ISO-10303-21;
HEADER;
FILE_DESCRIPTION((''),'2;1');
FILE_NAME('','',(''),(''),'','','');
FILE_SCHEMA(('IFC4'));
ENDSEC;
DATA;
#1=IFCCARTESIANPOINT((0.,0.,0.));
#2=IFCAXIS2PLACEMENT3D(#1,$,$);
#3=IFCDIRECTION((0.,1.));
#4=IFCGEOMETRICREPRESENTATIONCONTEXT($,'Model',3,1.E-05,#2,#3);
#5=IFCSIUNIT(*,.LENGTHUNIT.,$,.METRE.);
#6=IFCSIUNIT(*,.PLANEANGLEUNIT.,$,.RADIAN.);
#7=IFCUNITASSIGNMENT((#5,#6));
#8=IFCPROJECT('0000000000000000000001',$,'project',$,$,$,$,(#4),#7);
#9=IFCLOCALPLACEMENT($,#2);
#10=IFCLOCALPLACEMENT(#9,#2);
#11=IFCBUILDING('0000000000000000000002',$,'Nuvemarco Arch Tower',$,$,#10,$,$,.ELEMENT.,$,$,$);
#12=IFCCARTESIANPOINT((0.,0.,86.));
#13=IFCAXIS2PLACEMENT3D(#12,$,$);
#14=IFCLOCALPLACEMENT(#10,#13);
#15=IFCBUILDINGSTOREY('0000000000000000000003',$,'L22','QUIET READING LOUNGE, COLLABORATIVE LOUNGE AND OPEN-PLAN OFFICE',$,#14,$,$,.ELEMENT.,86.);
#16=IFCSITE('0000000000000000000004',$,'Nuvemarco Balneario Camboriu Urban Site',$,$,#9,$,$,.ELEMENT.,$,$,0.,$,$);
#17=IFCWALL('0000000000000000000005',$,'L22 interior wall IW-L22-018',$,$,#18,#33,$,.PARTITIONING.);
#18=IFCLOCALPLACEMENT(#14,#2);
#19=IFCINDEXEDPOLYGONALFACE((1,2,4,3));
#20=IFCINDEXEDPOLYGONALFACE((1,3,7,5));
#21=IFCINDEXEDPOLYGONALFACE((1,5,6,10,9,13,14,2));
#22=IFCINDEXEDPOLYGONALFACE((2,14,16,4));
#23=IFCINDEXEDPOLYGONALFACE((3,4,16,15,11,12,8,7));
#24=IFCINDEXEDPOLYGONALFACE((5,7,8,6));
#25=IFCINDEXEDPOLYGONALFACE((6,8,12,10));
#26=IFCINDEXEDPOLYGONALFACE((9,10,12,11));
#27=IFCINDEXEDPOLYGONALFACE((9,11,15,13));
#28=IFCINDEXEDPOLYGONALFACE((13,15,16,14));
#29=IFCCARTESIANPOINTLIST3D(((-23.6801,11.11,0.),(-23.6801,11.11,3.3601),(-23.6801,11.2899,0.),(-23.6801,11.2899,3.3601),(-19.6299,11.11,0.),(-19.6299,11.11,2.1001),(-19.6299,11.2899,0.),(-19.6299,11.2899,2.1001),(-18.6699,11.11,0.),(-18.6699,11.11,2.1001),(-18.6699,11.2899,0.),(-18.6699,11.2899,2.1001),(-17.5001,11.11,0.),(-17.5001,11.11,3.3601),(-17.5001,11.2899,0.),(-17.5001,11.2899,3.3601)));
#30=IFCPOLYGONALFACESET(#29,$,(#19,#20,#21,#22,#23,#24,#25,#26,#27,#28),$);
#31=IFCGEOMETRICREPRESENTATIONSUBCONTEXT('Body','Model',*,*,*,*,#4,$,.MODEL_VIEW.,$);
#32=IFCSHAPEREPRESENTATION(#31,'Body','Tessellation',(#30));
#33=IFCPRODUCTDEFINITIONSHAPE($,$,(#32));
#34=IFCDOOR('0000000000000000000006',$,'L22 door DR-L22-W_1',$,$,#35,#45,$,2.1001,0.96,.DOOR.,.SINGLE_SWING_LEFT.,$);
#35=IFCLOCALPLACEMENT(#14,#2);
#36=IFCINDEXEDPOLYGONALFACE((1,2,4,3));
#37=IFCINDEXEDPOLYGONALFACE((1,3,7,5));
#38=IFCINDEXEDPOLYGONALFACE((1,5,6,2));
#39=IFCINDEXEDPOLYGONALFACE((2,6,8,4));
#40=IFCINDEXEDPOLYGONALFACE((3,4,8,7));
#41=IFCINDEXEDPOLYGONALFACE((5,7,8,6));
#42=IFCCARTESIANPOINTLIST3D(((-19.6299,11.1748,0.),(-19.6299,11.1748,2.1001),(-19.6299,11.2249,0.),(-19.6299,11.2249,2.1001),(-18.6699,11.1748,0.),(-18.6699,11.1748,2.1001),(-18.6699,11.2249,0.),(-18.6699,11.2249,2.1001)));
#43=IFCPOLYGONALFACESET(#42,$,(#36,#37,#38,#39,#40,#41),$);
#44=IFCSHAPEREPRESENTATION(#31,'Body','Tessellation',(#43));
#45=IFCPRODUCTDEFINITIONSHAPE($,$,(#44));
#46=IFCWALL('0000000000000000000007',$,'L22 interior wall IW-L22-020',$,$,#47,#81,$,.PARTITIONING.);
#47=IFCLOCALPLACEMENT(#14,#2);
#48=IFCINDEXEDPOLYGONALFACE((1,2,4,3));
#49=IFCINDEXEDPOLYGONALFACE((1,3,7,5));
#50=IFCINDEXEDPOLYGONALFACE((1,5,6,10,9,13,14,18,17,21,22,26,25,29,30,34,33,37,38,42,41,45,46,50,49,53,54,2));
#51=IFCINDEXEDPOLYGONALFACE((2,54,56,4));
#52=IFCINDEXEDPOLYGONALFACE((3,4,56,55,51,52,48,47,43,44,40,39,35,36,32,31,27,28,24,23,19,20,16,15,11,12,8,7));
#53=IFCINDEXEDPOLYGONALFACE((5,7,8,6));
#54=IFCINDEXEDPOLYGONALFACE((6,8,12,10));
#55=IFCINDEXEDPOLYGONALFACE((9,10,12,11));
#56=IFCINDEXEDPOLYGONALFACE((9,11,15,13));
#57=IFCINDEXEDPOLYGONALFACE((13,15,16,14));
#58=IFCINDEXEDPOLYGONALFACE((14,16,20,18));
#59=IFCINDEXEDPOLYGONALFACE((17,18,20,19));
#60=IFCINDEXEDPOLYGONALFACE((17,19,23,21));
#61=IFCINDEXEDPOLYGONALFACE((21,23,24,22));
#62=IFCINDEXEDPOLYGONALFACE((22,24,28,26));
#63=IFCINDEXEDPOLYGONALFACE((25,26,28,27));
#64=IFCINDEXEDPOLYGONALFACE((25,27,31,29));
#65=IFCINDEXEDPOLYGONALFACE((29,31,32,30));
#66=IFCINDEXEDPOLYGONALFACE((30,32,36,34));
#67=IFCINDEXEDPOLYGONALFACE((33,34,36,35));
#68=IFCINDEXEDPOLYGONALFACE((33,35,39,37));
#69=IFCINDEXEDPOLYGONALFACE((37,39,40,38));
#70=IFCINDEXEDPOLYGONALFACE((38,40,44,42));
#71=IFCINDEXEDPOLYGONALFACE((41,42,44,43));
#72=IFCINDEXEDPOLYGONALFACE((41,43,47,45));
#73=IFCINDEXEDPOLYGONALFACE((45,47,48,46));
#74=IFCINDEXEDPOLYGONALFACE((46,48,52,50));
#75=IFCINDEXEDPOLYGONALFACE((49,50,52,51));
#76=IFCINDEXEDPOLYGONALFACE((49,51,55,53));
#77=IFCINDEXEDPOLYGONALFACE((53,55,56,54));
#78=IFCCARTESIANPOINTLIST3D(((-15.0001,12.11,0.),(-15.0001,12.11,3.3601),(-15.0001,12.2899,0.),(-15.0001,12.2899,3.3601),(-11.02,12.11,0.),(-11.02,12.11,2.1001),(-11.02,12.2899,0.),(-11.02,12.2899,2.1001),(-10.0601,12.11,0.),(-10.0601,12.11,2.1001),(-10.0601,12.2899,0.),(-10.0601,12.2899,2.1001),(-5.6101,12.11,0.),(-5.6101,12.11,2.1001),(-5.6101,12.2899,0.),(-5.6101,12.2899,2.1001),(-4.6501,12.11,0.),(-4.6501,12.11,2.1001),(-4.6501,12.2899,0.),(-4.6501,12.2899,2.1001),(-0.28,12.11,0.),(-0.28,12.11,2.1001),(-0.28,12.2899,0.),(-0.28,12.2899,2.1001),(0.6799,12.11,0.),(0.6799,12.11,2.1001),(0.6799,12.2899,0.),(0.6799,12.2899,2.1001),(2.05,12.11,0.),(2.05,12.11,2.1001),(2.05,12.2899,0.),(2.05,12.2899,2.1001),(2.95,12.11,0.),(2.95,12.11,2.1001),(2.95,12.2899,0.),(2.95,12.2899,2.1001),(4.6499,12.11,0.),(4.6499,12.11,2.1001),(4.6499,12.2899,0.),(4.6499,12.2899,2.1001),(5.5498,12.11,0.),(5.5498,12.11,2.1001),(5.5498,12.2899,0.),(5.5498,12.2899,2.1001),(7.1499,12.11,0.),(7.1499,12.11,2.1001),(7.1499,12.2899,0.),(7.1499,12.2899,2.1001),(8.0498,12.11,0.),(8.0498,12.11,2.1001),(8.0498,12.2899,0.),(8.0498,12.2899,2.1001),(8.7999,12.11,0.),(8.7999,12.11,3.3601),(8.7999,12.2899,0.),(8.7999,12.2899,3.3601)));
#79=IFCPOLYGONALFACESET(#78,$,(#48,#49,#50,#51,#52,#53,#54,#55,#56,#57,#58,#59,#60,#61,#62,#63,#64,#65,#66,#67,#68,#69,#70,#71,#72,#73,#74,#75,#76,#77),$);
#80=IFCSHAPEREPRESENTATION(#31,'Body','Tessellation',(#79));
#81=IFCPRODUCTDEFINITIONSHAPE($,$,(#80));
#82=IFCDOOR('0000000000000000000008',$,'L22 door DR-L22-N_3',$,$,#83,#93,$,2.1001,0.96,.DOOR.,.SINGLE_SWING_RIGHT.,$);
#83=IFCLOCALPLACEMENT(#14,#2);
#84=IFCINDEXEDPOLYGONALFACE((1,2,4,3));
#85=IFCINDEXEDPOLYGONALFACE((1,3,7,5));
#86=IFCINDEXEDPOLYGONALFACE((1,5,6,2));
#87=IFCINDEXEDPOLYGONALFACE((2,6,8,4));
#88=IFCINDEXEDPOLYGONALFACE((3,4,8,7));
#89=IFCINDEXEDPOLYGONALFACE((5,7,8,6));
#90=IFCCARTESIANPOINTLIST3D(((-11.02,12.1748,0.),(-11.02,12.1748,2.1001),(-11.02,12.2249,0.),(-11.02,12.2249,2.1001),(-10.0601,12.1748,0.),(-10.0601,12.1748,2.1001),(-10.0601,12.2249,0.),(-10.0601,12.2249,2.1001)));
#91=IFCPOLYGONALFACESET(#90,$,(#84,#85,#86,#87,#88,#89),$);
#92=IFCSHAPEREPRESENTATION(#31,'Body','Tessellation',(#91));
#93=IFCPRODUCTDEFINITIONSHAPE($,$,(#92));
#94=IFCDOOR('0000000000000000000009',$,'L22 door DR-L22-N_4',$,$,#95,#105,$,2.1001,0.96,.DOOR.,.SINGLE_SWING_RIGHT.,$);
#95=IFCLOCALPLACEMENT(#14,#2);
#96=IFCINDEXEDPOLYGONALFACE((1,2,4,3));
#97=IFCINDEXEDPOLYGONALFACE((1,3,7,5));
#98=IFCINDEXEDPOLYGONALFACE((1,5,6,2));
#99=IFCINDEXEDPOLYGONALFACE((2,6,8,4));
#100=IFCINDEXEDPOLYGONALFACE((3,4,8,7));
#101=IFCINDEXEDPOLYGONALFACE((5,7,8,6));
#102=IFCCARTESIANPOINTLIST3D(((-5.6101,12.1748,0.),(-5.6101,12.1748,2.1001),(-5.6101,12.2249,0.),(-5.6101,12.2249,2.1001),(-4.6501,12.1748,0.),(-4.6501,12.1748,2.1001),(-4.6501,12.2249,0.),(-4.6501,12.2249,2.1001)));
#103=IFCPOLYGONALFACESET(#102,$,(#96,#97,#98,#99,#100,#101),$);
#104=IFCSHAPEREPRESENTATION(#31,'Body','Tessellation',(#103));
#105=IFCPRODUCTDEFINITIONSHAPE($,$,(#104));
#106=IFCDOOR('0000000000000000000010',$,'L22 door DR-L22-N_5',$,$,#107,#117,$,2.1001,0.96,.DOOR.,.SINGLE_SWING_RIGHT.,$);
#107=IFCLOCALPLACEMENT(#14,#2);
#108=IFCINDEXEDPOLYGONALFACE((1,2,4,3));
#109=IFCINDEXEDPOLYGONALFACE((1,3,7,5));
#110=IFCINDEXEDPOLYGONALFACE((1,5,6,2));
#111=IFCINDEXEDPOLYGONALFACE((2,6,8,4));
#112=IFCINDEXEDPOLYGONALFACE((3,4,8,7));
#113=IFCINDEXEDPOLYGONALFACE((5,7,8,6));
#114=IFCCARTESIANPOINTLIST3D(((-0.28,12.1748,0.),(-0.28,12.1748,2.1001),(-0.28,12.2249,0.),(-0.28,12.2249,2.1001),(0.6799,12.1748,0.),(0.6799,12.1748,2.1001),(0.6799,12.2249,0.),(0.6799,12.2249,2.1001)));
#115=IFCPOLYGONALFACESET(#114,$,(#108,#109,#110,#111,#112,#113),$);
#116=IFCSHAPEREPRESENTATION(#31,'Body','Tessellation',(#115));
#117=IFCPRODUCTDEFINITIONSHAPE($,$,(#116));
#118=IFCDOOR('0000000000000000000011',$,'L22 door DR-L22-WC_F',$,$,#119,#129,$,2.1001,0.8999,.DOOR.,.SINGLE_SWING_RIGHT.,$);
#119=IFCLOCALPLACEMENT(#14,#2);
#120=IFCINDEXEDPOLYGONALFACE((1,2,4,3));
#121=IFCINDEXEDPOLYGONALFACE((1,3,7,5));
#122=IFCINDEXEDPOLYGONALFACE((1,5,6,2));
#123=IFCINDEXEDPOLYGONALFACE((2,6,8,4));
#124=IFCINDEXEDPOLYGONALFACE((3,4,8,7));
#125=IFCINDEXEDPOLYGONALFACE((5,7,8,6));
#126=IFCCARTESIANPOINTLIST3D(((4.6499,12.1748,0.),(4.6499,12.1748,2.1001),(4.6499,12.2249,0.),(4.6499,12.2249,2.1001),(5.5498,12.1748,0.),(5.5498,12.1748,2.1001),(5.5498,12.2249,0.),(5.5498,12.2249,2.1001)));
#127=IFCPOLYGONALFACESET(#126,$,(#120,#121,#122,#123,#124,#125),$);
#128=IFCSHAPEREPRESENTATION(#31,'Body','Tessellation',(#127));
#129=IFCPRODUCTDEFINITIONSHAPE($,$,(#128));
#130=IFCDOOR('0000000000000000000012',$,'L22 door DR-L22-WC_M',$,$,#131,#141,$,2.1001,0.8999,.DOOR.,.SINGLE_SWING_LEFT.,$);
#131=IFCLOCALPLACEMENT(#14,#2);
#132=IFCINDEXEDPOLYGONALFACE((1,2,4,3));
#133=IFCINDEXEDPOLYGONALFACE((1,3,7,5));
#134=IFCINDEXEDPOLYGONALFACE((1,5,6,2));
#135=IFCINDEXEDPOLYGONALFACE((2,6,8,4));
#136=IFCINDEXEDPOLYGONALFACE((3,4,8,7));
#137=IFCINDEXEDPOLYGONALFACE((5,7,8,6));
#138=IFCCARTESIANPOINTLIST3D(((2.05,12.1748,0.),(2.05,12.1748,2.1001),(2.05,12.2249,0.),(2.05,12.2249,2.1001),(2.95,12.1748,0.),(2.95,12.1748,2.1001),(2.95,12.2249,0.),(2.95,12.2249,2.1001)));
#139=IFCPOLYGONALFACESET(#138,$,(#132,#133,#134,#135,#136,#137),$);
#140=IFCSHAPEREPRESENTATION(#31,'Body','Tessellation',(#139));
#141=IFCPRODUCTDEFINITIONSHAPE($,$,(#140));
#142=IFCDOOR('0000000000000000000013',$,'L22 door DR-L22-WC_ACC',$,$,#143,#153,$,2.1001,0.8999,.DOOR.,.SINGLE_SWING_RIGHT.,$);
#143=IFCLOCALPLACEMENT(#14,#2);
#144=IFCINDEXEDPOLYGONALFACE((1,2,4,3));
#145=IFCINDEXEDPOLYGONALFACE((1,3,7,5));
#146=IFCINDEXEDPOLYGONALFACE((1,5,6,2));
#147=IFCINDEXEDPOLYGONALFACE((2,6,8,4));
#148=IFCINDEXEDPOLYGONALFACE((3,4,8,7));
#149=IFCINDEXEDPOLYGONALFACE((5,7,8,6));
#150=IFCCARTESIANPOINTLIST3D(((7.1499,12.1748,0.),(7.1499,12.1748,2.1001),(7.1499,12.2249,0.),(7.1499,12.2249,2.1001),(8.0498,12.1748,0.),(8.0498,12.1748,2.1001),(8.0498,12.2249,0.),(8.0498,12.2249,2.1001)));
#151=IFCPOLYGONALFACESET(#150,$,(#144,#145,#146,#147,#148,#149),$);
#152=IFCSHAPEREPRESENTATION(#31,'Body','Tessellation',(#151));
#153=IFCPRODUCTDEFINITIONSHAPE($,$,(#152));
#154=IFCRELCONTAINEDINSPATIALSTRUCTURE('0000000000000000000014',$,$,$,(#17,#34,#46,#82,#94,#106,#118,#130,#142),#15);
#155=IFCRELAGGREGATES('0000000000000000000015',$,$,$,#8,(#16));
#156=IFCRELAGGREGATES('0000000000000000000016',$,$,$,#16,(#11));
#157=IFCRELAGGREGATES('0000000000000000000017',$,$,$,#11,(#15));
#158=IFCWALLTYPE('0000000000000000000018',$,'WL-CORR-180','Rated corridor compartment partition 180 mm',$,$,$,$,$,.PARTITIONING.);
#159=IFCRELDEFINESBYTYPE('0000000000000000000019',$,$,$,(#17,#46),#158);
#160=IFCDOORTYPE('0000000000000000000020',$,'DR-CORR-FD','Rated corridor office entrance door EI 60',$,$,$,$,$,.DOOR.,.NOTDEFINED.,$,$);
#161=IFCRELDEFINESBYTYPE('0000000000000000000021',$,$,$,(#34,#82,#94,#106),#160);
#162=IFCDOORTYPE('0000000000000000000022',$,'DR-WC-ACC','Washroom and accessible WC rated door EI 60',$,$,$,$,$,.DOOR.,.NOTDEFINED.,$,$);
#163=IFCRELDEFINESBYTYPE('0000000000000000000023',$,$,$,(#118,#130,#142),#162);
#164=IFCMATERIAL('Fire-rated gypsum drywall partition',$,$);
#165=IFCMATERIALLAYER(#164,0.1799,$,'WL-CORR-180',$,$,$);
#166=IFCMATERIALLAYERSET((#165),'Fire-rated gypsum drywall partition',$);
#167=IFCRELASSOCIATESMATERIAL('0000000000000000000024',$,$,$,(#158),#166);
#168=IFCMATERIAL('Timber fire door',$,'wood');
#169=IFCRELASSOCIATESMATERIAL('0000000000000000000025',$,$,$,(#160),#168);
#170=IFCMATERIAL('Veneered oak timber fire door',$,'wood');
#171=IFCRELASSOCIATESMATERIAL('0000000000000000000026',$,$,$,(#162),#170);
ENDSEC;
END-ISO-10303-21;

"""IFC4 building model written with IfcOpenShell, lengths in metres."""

from ifc_helpers import new_model, si_unit, direction, frame, frame_2d, origin, place, context, subcontext, project, spatial, rectangle, extrude, source, transform, mapped, material, layer, layer_set, type_object, type_shapes, element, fill, save


model = new_model("IFC4")

# Units and contexts
model_context = context("Model", 3, precision=1e-05, world=origin(), true_north=direction((0.0, 1.0)))
body_context = subcontext(model_context, "Body", "Model", "MODEL_VIEW")
ifc_project = project(units=[si_unit("LENGTHUNIT", "METRE"), si_unit("PLANEANGLEUNIT", "RADIAN")], contexts=[model_context])

# Site, building, storey
site_placement = place(None, origin())
site = spatial("IfcSite", under=ifc_project, at=site_placement, Name="Nuvemarco Balneario Camboriu Urban Site", CompositionType="ELEMENT", RefElevation=0.0)
building_placement = place(site_placement, origin())
building = spatial("IfcBuilding", under=site, at=building_placement, Name="Nuvemarco Arch Tower", CompositionType="ELEMENT")
storey_placement = place(building_placement, frame((0.0, 0.0, 86.0)))
storey = spatial("IfcBuildingStorey", under=building, at=storey_placement, Name="L22", Description="QUIET READING LOUNGE, COLLABORATIVE LOUNGE AND OPEN-PLAN OFFICE", CompositionType="ELEMENT", Elevation=86.0)

# Wall, opening, door
ifc_material_1 = material(Name="Fire-rated gypsum drywall partition")
ifc_layer_1 = layer(ifc_material_1, 0.1799, Name="WL-CORR-180")
ifc_layer_set_1 = layer_set([ifc_layer_1], Name="Fire-rated gypsum drywall partition")
wall_type_1 = type_object("IfcWallType", Name="WL-CORR-180", Description="Rated corridor compartment partition 180 mm", PredefinedType="PARTITIONING", material=ifc_layer_set_1)
wall_1_placement = place(storey_placement, frame((-23.6799, 11.2, 0.0), z_axis=(0.0, 0.0, 1.0), x_axis=(1.0, 0.0, 0.0)))
wall_1 = element("IfcWall", 1, at=wall_1_placement, inside=storey, type_object=wall_type_1, Name="L22 interior wall IW-L22-018", PredefinedType="PARTITIONING", context=body_context, shape_type="SweptSolid", body=[
    extrude(rectangle(XDim=6.1799, YDim=0.1799, at=frame_2d((3.0898, 0.0))), origin(), (0.0, 0.0, 1.0), 3.3601),
])
opening_1_placement = place(wall_1_placement, frame((4.05, 0.0, 0.0)))
opening_1 = element("IfcOpeningElement", 2, at=opening_1_placement, cuts=wall_1, PredefinedType="OPENING", context=body_context, shape_type="SweptSolid", body=[
    extrude(rectangle(XDim=0.96, YDim=2.1001, at=frame_2d((0.48, 1.05))), frame((0.0, 0.0999, 0.0), z_axis=(0.0, -1.0, 0.0), x_axis=(1.0, 0.0, 0.0)), (0.0, 0.0, 1.0), 0.2),
])
ifc_material_2 = material(Name="Timber fire door", Category="wood")
door_type_1 = type_object("IfcDoorType", Name="DR-CORR-FD", Description="Rated corridor office entrance door EI 60", OperationType="NOTDEFINED", PredefinedType="DOOR", material=ifc_material_2)
shared_shape_1 = source(origin(), body_context, "Body", "SweptSolid", [
    extrude(rectangle(XDim=0.96, YDim=2.1001, at=frame_2d((0.48, 1.05))), frame((0.0, 0.0249, 0.0), z_axis=(0.0, -1.0, 0.0), x_axis=(1.0, 0.0, 0.0)), (0.0, 0.0, 1.0), 0.05),
])
type_shapes(door_type_1, [shared_shape_1])
door_1_placement = place(opening_1_placement, origin())
door_1 = element("IfcDoor", 3, at=door_1_placement, inside=storey, type_object=door_type_1, Name="L22 door DR-L22-W_1", OperationType="SINGLE_SWING_LEFT", OverallHeight=2.1001, OverallWidth=0.96, PredefinedType="DOOR", context=body_context, shape_type="MappedRepresentation", body=[
    mapped(shared_shape_1, transform((0.0, 0.0, 0.0), scale=1.0)),
])
fill(opening_1, door_1)

# Wall, openings, doors
wall_2_placement = place(storey_placement, frame((-15.0, 12.2, 0.0), z_axis=(0.0, 0.0, 1.0), x_axis=(1.0, 0.0, 0.0)))
wall_2 = element("IfcWall", 4, at=wall_2_placement, inside=storey, type_object=wall_type_1, Name="L22 interior wall IW-L22-020", PredefinedType="PARTITIONING", context=body_context, shape_type="SweptSolid", body=[
    extrude(rectangle(XDim=23.8, YDim=0.1799, at=frame_2d((11.8999, 0.0))), origin(), (0.0, 0.0, 1.0), 3.3601),
])
opening_2_placement = place(wall_2_placement, frame((3.98, 0.0, 0.0)))
opening_2 = element("IfcOpeningElement", 5, at=opening_2_placement, cuts=wall_2, PredefinedType="OPENING", context=body_context, shape_type="SweptSolid", body=[
    extrude(rectangle(XDim=0.96, YDim=2.1001, at=frame_2d((0.48, 1.05))), frame((0.0, 0.0999, 0.0), z_axis=(0.0, -1.0, 0.0), x_axis=(1.0, 0.0, 0.0)), (0.0, 0.0, 1.0), 0.2),
])
opening_3_placement = place(wall_2_placement, frame((9.3899, 0.0, 0.0)))
opening_3 = element("IfcOpeningElement", 6, at=opening_3_placement, cuts=wall_2, PredefinedType="OPENING", context=body_context, shape_type="SweptSolid", body=[
    extrude(rectangle(XDim=0.96, YDim=2.1001, at=frame_2d((0.48, 1.05))), frame((0.0, 0.0999, 0.0), z_axis=(0.0, -1.0, 0.0), x_axis=(1.0, 0.0, 0.0)), (0.0, 0.0, 1.0), 0.2),
])
opening_4_placement = place(wall_2_placement, frame((19.6499, 0.0, 0.0)))
opening_4 = element("IfcOpeningElement", 7, at=opening_4_placement, cuts=wall_2, PredefinedType="OPENING", context=body_context, shape_type="SweptSolid", body=[
    extrude(rectangle(XDim=0.8999, YDim=2.1001, at=frame_2d((0.45, 1.05))), frame((0.0, 0.0999, 0.0), z_axis=(0.0, -1.0, 0.0), x_axis=(1.0, 0.0, 0.0)), (0.0, 0.0, 1.0), 0.2),
])
opening_5_placement = place(wall_2_placement, frame((17.05, 0.0, 0.0)))
opening_5 = element("IfcOpeningElement", 8, at=opening_5_placement, cuts=wall_2, PredefinedType="OPENING", context=body_context, shape_type="SweptSolid", body=[
    extrude(rectangle(XDim=0.8999, YDim=2.1001, at=frame_2d((0.45, 1.05))), frame((0.0, 0.0999, 0.0), z_axis=(0.0, -1.0, 0.0), x_axis=(1.0, 0.0, 0.0)), (0.0, 0.0, 1.0), 0.2),
])
opening_6_placement = place(wall_2_placement, frame((22.1499, 0.0, 0.0)))
opening_6 = element("IfcOpeningElement", 9, at=opening_6_placement, cuts=wall_2, PredefinedType="OPENING", context=body_context, shape_type="SweptSolid", body=[
    extrude(rectangle(XDim=0.8999, YDim=2.1001, at=frame_2d((0.45, 1.05))), frame((0.0, 0.0999, 0.0), z_axis=(0.0, -1.0, 0.0), x_axis=(1.0, 0.0, 0.0)), (0.0, 0.0, 1.0), 0.2),
])
opening_7_placement = place(wall_2_placement, frame((14.72, 0.0, 0.0)))
opening_7 = element("IfcOpeningElement", 10, at=opening_7_placement, cuts=wall_2, PredefinedType="OPENING", context=body_context, shape_type="SweptSolid", body=[
    extrude(rectangle(XDim=0.96, YDim=2.1001, at=frame_2d((0.48, 1.05))), frame((0.0, 0.0999, 0.0), z_axis=(0.0, -1.0, 0.0), x_axis=(1.0, 0.0, 0.0)), (0.0, 0.0, 1.0), 0.2),
])
door_2_placement = place(opening_2_placement, origin())
door_2 = element("IfcDoor", 11, at=door_2_placement, inside=storey, type_object=door_type_1, Name="L22 door DR-L22-N_3", OperationType="SINGLE_SWING_RIGHT", OverallHeight=2.1001, OverallWidth=0.96, PredefinedType="DOOR", context=body_context, shape_type="MappedRepresentation", body=[
    mapped(shared_shape_1, transform((0.0, 0.0, 0.0), scale=1.0)),
])
fill(opening_2, door_2)
door_3_placement = place(opening_3_placement, origin())
door_3 = element("IfcDoor", 12, at=door_3_placement, inside=storey, type_object=door_type_1, Name="L22 door DR-L22-N_4", OperationType="SINGLE_SWING_RIGHT", OverallHeight=2.1001, OverallWidth=0.96, PredefinedType="DOOR", context=body_context, shape_type="MappedRepresentation", body=[
    mapped(shared_shape_1, transform((0.0, 0.0, 0.0), scale=1.0)),
])
fill(opening_3, door_3)
door_4_placement = place(opening_7_placement, origin())
door_4 = element("IfcDoor", 13, at=door_4_placement, inside=storey, type_object=door_type_1, Name="L22 door DR-L22-N_5", OperationType="SINGLE_SWING_RIGHT", OverallHeight=2.1001, OverallWidth=0.96, PredefinedType="DOOR", context=body_context, shape_type="MappedRepresentation", body=[
    mapped(shared_shape_1, transform((0.0, 0.0, 0.0), scale=1.0)),
])
fill(opening_7, door_4)
ifc_material_3 = material(Name="Veneered oak timber fire door", Category="wood")
door_type_2 = type_object("IfcDoorType", Name="DR-WC-ACC", Description="Washroom and accessible WC rated door EI 60", OperationType="NOTDEFINED", PredefinedType="DOOR", material=ifc_material_3)
shared_shape_2 = source(origin(), body_context, "Body", "SweptSolid", [
    extrude(rectangle(XDim=0.8999, YDim=2.1001, at=frame_2d((0.45, 1.05))), frame((0.0, 0.0249, 0.0), z_axis=(0.0, -1.0, 0.0), x_axis=(1.0, 0.0, 0.0)), (0.0, 0.0, 1.0), 0.05),
])
type_shapes(door_type_2, [shared_shape_2])
door_5_placement = place(opening_4_placement, origin())
door_5 = element("IfcDoor", 14, at=door_5_placement, inside=storey, type_object=door_type_2, Name="L22 door DR-L22-WC_F", OperationType="SINGLE_SWING_RIGHT", OverallHeight=2.1001, OverallWidth=0.8999, PredefinedType="DOOR", context=body_context, shape_type="MappedRepresentation", body=[
    mapped(shared_shape_2, transform((0.0, 0.0, 0.0), scale=1.0)),
])
fill(opening_4, door_5)
door_6_placement = place(opening_5_placement, origin())
door_6 = element("IfcDoor", 15, at=door_6_placement, inside=storey, type_object=door_type_2, Name="L22 door DR-L22-WC_M", OperationType="SINGLE_SWING_LEFT", OverallHeight=2.1001, OverallWidth=0.8999, PredefinedType="DOOR", context=body_context, shape_type="MappedRepresentation", body=[
    mapped(shared_shape_2, transform((0.0, 0.0, 0.0), scale=1.0)),
])
fill(opening_5, door_6)
door_7_placement = place(opening_6_placement, origin())
door_7 = element("IfcDoor", 16, at=door_7_placement, inside=storey, type_object=door_type_2, Name="L22 door DR-L22-WC_ACC", OperationType="SINGLE_SWING_RIGHT", OverallHeight=2.1001, OverallWidth=0.8999, PredefinedType="DOOR", context=body_context, shape_type="MappedRepresentation", body=[
    mapped(shared_shape_2, transform((0.0, 0.0, 0.0), scale=1.0)),
])
fill(opening_6, door_7)

save(model, "model.ifc")
